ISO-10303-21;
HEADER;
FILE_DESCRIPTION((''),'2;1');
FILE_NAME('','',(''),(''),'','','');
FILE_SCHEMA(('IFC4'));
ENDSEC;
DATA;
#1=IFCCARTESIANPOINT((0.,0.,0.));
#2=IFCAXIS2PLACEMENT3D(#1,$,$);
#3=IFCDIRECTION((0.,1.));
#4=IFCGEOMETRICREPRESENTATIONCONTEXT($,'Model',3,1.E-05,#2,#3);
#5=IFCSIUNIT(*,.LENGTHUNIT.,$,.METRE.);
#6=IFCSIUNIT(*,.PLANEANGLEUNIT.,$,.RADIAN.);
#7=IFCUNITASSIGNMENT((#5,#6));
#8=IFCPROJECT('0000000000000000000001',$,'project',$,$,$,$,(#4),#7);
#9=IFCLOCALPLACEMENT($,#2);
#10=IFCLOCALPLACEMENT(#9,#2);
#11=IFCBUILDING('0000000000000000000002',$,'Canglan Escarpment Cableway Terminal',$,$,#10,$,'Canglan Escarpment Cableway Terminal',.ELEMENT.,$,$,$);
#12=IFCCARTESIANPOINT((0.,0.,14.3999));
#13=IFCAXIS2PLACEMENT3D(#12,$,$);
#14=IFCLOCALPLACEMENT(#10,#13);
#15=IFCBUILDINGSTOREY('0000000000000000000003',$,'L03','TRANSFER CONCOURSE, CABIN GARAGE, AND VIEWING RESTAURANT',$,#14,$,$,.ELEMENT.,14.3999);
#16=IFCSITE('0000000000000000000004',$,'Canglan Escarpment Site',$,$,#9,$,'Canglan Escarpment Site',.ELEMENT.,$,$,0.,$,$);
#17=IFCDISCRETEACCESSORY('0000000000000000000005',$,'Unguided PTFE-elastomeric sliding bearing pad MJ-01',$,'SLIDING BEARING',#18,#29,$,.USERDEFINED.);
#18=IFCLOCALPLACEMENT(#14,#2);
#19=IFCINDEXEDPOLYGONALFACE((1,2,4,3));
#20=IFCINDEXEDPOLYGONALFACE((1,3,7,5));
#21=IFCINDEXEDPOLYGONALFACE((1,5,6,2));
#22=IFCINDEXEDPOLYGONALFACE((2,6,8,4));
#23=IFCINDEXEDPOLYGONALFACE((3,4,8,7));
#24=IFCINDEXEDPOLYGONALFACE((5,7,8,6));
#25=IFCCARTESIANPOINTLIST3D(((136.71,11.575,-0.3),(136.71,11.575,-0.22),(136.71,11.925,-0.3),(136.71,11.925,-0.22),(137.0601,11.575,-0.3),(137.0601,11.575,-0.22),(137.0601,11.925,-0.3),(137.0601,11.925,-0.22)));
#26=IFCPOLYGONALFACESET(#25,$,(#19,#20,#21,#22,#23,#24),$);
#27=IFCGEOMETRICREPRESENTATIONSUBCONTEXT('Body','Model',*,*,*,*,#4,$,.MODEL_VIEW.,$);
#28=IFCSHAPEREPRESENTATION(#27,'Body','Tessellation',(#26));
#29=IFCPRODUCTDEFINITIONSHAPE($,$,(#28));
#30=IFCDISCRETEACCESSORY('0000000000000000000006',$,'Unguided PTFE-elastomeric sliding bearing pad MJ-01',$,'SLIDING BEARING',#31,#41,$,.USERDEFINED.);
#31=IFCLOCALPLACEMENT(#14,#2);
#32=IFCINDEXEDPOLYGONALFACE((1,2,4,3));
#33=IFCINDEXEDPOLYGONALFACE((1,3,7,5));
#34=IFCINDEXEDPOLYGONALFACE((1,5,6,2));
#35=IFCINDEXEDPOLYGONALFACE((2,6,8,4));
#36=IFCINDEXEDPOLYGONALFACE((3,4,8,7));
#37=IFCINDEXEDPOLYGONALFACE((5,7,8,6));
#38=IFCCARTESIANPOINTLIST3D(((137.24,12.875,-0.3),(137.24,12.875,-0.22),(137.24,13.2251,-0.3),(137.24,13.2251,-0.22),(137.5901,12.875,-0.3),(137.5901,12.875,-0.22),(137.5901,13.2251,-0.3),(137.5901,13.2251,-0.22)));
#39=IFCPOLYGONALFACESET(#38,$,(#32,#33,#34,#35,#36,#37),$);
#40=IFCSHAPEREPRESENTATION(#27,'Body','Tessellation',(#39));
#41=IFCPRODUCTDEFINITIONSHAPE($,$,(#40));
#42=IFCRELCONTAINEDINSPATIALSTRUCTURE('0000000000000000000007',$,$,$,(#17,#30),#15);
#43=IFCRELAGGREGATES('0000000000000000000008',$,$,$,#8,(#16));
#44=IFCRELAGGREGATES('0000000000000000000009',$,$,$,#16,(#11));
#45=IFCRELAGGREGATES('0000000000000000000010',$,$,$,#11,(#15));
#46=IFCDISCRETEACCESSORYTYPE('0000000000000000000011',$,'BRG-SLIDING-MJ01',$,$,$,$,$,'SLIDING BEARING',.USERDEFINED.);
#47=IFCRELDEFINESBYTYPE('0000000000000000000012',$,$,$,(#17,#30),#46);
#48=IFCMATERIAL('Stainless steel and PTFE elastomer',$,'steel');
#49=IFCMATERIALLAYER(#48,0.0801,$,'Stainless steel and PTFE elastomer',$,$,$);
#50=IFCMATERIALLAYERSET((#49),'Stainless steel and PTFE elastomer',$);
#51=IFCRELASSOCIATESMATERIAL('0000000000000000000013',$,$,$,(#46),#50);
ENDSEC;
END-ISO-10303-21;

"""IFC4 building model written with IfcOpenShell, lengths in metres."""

from ifc_helpers import new_model, si_unit, direction, frame, origin, origin_2d, place, context, subcontext, project, spatial, rectangle, extrude, material, layer, layer_set, type_object, element, save


model = new_model("IFC4")

# Units and contexts
model_context = context("Model", 3, precision=1e-05, world=origin(), true_north=direction((0.0, 1.0)))
body_context = subcontext(model_context, "Body", "Model", "MODEL_VIEW")
ifc_project = project(units=[si_unit("LENGTHUNIT", "METRE"), si_unit("PLANEANGLEUNIT", "RADIAN")], contexts=[model_context])

# Site, building, storey
site_placement = place(None, origin())
site = spatial("IfcSite", under=ifc_project, at=site_placement, Name="Canglan Escarpment Site", LongName="Canglan Escarpment Site", CompositionType="ELEMENT", RefElevation=0.0)
building_placement = place(site_placement, origin())
building = spatial("IfcBuilding", under=site, at=building_placement, Name="Canglan Escarpment Cableway Terminal", LongName="Canglan Escarpment Cableway Terminal", CompositionType="ELEMENT")
storey_placement = place(building_placement, frame((0.0, 0.0, 14.3999)))
storey = spatial("IfcBuildingStorey", under=building, at=storey_placement, Name="L03", Description="TRANSFER CONCOURSE, CABIN GARAGE, AND VIEWING RESTAURANT", CompositionType="ELEMENT", Elevation=14.3999)

# Discrete accessories
ifc_material_1 = material(Name="Stainless steel and PTFE elastomer", Category="steel")
ifc_layer_1 = layer(ifc_material_1, 0.0801, Name="Stainless steel and PTFE elastomer")
ifc_layer_set_1 = layer_set([ifc_layer_1], Name="Stainless steel and PTFE elastomer")
discrete_accessory_type_1 = type_object("IfcDiscreteAccessoryType", Name="BRG-SLIDING-MJ01", ElementType="SLIDING BEARING", PredefinedType="USERDEFINED", material=ifc_layer_set_1)
for number, where, z_axis, x_axis, name in (
    (1, (136.885, 11.75, -0.3), (0.0, 0.0, 1.0), (1.0, 0.0, 0.0), "Unguided PTFE-elastomeric sliding bearing pad MJ-01"),
    (2, (137.415, 13.05, -0.3), (0.0, 0.0, 1.0), (1.0, 0.0, 0.0), "Unguided PTFE-elastomeric sliding bearing pad MJ-01"),
):
    element("IfcDiscreteAccessory", number, at=place(storey_placement, frame(where, z_axis=z_axis, x_axis=x_axis)), inside=storey, type_object=discrete_accessory_type_1, Name=name, ObjectType="SLIDING BEARING", PredefinedType="USERDEFINED", context=body_context, shape_type="SweptSolid", body=[
        extrude(rectangle(XDim=0.3501, YDim=0.3501, at=origin_2d()), origin(), (0.0, 0.0, 1.0), 0.0801),
    ])

save(model, "model.ifc")
